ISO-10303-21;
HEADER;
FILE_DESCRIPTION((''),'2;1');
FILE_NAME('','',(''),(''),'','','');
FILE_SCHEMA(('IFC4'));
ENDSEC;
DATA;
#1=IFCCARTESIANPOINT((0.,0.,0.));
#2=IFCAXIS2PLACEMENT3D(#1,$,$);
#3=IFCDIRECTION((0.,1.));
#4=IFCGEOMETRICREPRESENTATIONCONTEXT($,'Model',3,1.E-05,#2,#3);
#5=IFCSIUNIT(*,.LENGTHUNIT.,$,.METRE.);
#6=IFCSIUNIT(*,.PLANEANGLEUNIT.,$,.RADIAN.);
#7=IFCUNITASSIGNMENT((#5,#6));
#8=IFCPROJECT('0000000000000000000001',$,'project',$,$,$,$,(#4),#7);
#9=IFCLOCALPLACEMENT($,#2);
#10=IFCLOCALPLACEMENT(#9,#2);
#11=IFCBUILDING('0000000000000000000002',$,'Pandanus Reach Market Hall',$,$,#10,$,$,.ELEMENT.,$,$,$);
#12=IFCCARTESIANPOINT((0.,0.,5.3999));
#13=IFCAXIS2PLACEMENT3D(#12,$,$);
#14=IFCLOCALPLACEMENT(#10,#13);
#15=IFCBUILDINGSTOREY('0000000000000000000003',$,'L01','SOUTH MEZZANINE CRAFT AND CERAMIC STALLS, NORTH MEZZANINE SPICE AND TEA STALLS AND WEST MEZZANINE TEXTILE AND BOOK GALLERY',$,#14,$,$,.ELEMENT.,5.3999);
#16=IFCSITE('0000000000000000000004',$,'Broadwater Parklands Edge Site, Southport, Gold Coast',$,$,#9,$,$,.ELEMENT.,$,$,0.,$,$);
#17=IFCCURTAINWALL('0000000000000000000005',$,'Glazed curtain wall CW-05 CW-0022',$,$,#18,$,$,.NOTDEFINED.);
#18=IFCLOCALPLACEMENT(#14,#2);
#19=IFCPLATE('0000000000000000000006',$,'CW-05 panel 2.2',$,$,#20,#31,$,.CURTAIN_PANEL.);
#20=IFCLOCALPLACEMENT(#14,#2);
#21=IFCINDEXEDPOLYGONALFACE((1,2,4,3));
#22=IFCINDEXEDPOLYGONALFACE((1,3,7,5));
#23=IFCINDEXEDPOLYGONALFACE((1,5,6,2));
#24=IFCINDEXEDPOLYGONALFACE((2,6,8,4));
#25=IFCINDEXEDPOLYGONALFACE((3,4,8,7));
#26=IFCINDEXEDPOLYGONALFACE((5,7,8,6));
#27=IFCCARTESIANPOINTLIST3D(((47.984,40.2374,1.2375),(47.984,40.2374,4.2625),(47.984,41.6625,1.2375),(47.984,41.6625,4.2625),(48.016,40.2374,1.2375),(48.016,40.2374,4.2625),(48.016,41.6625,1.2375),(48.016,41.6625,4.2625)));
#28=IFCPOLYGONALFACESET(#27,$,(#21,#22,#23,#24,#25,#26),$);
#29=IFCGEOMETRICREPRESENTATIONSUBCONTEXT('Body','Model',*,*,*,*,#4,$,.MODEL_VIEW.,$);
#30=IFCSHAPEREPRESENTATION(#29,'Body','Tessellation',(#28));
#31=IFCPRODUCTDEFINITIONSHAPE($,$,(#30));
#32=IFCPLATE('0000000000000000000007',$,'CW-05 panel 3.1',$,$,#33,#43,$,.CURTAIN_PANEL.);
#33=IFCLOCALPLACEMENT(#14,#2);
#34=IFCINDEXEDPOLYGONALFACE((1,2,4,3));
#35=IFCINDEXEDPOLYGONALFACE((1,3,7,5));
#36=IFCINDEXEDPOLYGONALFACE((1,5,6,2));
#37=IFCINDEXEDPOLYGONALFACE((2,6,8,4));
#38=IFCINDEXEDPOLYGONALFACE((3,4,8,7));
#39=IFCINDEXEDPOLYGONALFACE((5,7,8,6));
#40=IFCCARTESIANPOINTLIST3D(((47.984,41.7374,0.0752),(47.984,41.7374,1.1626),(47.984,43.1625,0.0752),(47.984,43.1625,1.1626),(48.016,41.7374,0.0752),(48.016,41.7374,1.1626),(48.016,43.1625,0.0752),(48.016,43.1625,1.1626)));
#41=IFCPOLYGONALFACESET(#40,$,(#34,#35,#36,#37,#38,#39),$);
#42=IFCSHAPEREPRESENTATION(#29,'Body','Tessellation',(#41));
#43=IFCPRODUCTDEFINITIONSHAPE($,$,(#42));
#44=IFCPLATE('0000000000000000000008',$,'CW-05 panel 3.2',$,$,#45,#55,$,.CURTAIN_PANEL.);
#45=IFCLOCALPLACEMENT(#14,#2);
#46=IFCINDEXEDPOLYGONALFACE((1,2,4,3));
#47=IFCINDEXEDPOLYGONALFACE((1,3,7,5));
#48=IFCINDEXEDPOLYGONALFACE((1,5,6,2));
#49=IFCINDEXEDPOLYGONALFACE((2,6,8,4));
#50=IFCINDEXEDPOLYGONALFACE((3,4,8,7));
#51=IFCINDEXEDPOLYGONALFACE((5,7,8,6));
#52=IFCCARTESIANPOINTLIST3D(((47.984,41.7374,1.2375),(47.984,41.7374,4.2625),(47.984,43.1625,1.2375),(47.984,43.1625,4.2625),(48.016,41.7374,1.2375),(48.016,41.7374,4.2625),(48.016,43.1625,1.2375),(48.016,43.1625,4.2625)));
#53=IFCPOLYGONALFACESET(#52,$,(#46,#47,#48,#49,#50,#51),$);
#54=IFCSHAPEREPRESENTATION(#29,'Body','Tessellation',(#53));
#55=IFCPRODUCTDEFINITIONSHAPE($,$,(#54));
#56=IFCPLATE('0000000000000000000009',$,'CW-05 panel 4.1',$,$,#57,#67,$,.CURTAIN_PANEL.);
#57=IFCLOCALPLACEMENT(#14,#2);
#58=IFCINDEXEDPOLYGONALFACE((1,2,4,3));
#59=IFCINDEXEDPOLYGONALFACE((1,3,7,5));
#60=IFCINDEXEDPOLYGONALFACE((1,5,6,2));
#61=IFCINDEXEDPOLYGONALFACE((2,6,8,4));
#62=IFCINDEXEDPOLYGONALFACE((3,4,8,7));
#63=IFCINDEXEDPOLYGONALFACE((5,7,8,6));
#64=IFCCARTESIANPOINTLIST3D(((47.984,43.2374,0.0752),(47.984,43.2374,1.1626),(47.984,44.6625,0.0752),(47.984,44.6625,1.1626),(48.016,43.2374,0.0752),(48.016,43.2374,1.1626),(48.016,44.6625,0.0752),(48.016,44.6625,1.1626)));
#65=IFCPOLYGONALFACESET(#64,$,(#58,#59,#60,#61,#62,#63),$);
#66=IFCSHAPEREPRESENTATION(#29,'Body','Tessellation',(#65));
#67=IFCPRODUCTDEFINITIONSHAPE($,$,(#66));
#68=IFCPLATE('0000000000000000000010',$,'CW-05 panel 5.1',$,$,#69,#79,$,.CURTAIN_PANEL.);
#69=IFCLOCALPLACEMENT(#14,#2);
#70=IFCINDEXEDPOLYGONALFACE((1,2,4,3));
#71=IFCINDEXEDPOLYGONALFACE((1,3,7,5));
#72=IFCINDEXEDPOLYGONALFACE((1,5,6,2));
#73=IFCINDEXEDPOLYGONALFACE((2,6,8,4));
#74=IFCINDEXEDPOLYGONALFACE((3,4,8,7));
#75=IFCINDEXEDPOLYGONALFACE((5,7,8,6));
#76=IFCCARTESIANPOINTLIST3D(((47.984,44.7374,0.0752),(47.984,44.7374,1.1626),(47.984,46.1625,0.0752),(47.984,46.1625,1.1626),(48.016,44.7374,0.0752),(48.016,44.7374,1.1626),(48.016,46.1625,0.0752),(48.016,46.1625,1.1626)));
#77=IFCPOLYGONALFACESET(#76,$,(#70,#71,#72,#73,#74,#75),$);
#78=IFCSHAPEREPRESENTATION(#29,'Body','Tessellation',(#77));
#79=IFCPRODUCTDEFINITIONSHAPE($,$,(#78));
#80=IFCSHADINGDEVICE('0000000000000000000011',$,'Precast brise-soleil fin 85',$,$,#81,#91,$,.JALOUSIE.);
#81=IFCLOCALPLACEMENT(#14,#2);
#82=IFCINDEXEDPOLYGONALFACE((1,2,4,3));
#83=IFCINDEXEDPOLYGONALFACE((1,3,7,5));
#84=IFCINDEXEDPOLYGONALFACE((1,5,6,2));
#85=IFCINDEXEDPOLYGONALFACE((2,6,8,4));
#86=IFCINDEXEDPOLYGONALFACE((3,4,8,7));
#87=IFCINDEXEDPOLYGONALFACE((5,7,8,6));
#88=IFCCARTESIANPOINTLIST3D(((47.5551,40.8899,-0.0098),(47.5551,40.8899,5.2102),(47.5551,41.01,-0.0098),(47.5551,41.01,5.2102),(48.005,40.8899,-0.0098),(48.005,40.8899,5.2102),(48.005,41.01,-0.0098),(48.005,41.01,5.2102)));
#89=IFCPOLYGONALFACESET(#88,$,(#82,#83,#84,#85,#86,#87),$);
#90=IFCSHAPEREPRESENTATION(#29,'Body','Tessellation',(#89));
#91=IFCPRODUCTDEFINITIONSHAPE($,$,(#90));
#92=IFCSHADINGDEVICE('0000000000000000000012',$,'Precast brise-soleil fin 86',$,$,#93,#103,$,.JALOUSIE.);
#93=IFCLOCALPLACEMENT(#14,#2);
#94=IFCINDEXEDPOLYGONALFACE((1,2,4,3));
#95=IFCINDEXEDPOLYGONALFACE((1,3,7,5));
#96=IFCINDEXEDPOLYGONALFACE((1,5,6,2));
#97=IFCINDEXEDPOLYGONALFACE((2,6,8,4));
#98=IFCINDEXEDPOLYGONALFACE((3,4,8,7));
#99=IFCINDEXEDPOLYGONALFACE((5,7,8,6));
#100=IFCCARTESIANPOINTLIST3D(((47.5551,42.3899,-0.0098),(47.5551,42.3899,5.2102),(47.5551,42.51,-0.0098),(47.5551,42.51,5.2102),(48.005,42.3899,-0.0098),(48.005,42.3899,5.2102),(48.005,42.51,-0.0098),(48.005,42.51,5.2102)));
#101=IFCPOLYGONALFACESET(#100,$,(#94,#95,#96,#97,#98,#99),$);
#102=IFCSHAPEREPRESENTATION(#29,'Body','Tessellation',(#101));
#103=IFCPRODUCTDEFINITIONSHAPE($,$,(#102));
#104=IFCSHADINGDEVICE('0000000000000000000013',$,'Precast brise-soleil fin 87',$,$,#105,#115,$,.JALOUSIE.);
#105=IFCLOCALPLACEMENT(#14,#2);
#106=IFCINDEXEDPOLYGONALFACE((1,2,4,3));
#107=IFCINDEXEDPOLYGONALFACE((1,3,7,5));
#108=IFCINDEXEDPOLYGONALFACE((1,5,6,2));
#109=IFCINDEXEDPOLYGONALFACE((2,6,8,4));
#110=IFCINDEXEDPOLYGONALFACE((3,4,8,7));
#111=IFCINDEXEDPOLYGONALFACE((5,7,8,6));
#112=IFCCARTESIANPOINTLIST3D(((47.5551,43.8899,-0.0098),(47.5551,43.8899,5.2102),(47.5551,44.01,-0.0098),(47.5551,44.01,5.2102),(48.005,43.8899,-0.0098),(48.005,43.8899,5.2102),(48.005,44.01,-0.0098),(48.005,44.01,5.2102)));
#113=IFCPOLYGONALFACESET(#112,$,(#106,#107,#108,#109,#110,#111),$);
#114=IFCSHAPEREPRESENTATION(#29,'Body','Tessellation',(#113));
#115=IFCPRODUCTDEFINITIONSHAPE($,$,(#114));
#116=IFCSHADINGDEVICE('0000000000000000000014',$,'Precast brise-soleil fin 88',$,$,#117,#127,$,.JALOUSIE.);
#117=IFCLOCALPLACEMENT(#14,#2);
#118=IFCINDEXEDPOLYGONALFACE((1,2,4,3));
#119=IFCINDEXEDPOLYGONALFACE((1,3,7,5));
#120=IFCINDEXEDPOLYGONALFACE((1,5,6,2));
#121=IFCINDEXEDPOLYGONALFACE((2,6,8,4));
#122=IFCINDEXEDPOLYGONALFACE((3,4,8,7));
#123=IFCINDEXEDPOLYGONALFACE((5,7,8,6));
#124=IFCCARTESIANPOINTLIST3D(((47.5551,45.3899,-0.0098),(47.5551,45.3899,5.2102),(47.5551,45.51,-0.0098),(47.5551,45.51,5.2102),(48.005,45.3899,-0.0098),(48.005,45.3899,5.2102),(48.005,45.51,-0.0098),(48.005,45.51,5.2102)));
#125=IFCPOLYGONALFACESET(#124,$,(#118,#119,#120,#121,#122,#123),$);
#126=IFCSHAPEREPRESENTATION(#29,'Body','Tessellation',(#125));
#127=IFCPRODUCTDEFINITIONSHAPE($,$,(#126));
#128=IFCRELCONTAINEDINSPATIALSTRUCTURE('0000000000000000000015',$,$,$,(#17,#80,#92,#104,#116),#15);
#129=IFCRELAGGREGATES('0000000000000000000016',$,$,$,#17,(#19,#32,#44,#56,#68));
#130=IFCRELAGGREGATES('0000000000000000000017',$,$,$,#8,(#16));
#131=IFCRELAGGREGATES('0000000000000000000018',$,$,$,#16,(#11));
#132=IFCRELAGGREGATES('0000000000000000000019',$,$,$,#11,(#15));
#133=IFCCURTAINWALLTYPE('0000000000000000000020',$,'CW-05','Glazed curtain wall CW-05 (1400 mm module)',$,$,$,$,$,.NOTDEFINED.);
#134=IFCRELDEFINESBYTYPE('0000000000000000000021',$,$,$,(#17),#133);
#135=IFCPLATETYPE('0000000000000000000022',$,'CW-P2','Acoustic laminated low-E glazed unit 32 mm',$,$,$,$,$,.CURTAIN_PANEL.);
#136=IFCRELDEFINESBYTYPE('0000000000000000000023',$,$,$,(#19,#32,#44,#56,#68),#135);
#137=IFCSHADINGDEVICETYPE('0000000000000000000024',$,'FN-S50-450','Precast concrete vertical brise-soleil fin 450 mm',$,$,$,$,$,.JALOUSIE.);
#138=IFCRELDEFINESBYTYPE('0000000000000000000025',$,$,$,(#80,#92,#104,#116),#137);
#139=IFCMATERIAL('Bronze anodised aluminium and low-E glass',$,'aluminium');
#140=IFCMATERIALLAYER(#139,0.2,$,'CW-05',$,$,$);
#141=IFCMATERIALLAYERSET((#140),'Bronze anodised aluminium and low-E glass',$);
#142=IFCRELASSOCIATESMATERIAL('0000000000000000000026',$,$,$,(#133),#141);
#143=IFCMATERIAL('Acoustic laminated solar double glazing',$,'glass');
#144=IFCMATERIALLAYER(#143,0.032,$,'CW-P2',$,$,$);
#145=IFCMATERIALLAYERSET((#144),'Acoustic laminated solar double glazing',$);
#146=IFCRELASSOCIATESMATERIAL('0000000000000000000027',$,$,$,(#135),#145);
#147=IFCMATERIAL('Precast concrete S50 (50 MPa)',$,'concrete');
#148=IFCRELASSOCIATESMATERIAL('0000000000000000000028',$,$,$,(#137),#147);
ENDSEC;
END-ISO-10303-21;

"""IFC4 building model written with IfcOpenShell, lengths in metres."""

from ifc_helpers import new_model, si_unit, direction, frame, origin, origin_2d, place, context, subcontext, project, spatial, rectangle, extrude, material, layer, layer_set, type_object, element, aggregate, save


model = new_model("IFC4")

# Units and contexts
model_context = context("Model", 3, precision=1e-05, world=origin(), true_north=direction((0.0, 1.0)))
body_context = subcontext(model_context, "Body", "Model", "MODEL_VIEW")
ifc_project = project(units=[si_unit("LENGTHUNIT", "METRE"), si_unit("PLANEANGLEUNIT", "RADIAN")], contexts=[model_context])

# Site, building, storey
site_placement = place(None, origin())
site = spatial("IfcSite", under=ifc_project, at=site_placement, Name="Broadwater Parklands Edge Site, Southport, Gold Coast", CompositionType="ELEMENT", RefElevation=0.0)
building_placement = place(site_placement, origin())
building = spatial("IfcBuilding", under=site, at=building_placement, Name="Pandanus Reach Market Hall", CompositionType="ELEMENT")
storey_placement = place(building_placement, frame((0.0, 0.0, 5.3999)))
storey = spatial("IfcBuildingStorey", under=building, at=storey_placement, Name="L01", Description="SOUTH MEZZANINE CRAFT AND CERAMIC STALLS, NORTH MEZZANINE SPICE AND TEA STALLS AND WEST MEZZANINE TEXTILE AND BOOK GALLERY", CompositionType="ELEMENT", Elevation=5.3999)

# Curtain wall, plates
ifc_material_1 = material(Name="Bronze anodised aluminium and low-E glass", Category="aluminium")
ifc_layer_1 = layer(ifc_material_1, 0.2, Name="CW-05")
ifc_layer_set_1 = layer_set([ifc_layer_1], Name="Bronze anodised aluminium and low-E glass")
curtain_wall_type = type_object("IfcCurtainWallType", Name="CW-05", Description="Glazed curtain wall CW-05 (1400 mm module)", PredefinedType="NOTDEFINED", material=ifc_layer_set_1)
curtain_wall_placement = place(storey_placement, origin())
curtain_wall = element("IfcCurtainWall", 1, at=curtain_wall_placement, inside=storey, type_object=curtain_wall_type, Name="Glazed curtain wall CW-05 CW-0022", PredefinedType="NOTDEFINED")
ifc_material_2 = material(Name="Acoustic laminated solar double glazing", Category="glass")
ifc_layer_2 = layer(ifc_material_2, 0.032, Name="CW-P2")
ifc_layer_set_2 = layer_set([ifc_layer_2], Name="Acoustic laminated solar double glazing")
plate_type = type_object("IfcPlateType", Name="CW-P2", Description="Acoustic laminated low-E glazed unit 32 mm", PredefinedType="CURTAIN_PANEL", material=ifc_layer_set_2)
plate_1_placement = place(storey_placement, frame((48.0, 40.95, 1.2375), z_axis=(0.0, 0.0, 1.0), x_axis=(0.0, 1.0, 0.0)))
plate_1 = element("IfcPlate", 2, at=plate_1_placement, type_object=plate_type, Name="CW-05 panel 2.2", PredefinedType="CURTAIN_PANEL", context=body_context, shape_type="SweptSolid", body=[
    extrude(rectangle(XDim=1.425, YDim=0.032, at=origin_2d()), origin(), (0.0, 0.0, 1.0), 3.0249),
])
plate_2_placement = place(storey_placement, frame((48.0, 42.45, 0.0752), z_axis=(0.0, 0.0, 1.0), x_axis=(0.0, 1.0, 0.0)))
plate_2 = element("IfcPlate", 3, at=plate_2_placement, type_object=plate_type, Name="CW-05 panel 3.1", PredefinedType="CURTAIN_PANEL", context=body_context, shape_type="SweptSolid", body=[
    extrude(rectangle(XDim=1.425, YDim=0.032, at=origin_2d()), origin(), (0.0, 0.0, 1.0), 1.0874),
])
plate_3_placement = place(storey_placement, frame((48.0, 42.45, 1.2375), z_axis=(0.0, 0.0, 1.0), x_axis=(0.0, 1.0, 0.0)))
plate_3 = element("IfcPlate", 4, at=plate_3_placement, type_object=plate_type, Name="CW-05 panel 3.2", PredefinedType="CURTAIN_PANEL", context=body_context, shape_type="SweptSolid", body=[
    extrude(rectangle(XDim=1.425, YDim=0.032, at=origin_2d()), origin(), (0.0, 0.0, 1.0), 3.0249),
])
plate_4_placement = place(storey_placement, frame((48.0, 43.95, 0.0752), z_axis=(0.0, 0.0, 1.0), x_axis=(0.0, 1.0, 0.0)))
plate_4 = element("IfcPlate", 5, at=plate_4_placement, type_object=plate_type, Name="CW-05 panel 4.1", PredefinedType="CURTAIN_PANEL", context=body_context, shape_type="SweptSolid", body=[
    extrude(rectangle(XDim=1.425, YDim=0.032, at=origin_2d()), origin(), (0.0, 0.0, 1.0), 1.0874),
])
plate_5_placement = place(storey_placement, frame((48.0, 45.45, 0.0752), z_axis=(0.0, 0.0, 1.0), x_axis=(0.0, 1.0, 0.0)))
plate_5 = element("IfcPlate", 6, at=plate_5_placement, type_object=plate_type, Name="CW-05 panel 5.1", PredefinedType="CURTAIN_PANEL", context=body_context, shape_type="SweptSolid", body=[
    extrude(rectangle(XDim=1.425, YDim=0.032, at=origin_2d()), origin(), (0.0, 0.0, 1.0), 1.0874),
])
aggregate(curtain_wall, [plate_1, plate_2, plate_3, plate_4, plate_5])

# Shading devices
ifc_material_3 = material(Name="Precast concrete S50 (50 MPa)", Category="concrete")
shading_device_type = type_object("IfcShadingDeviceType", Name="FN-S50-450", Description="Precast concrete vertical brise-soleil fin 450 mm", PredefinedType="JALOUSIE", material=ifc_material_3)
for number, where, z_axis, x_axis, name in (
    (7, (47.78, 40.95, -0.0098), (0.0, 0.0, 1.0), (-1.0, 0.0, 0.0), "Precast brise-soleil fin 85"),
    (8, (47.78, 42.45, -0.0098), (0.0, 0.0, 1.0), (-1.0, 0.0, 0.0), "Precast brise-soleil fin 86"),
    (9, (47.78, 43.95, -0.0098), (0.0, 0.0, 1.0), (-1.0, 0.0, 0.0), "Precast brise-soleil fin 87"),
    (10, (47.78, 45.45, -0.0098), (0.0, 0.0, 1.0), (-1.0, 0.0, 0.0), "Precast brise-soleil fin 88"),
):
    element("IfcShadingDevice", number, at=place(storey_placement, frame(where, z_axis=z_axis, x_axis=x_axis)), inside=storey, type_object=shading_device_type, Name=name, PredefinedType="JALOUSIE", context=body_context, shape_type="SweptSolid", body=[
        extrude(rectangle(XDim=0.45, YDim=0.1201, at=origin_2d()), origin(), (0.0, 0.0, 1.0), 5.22),
    ])

save(model, "model.ifc")
